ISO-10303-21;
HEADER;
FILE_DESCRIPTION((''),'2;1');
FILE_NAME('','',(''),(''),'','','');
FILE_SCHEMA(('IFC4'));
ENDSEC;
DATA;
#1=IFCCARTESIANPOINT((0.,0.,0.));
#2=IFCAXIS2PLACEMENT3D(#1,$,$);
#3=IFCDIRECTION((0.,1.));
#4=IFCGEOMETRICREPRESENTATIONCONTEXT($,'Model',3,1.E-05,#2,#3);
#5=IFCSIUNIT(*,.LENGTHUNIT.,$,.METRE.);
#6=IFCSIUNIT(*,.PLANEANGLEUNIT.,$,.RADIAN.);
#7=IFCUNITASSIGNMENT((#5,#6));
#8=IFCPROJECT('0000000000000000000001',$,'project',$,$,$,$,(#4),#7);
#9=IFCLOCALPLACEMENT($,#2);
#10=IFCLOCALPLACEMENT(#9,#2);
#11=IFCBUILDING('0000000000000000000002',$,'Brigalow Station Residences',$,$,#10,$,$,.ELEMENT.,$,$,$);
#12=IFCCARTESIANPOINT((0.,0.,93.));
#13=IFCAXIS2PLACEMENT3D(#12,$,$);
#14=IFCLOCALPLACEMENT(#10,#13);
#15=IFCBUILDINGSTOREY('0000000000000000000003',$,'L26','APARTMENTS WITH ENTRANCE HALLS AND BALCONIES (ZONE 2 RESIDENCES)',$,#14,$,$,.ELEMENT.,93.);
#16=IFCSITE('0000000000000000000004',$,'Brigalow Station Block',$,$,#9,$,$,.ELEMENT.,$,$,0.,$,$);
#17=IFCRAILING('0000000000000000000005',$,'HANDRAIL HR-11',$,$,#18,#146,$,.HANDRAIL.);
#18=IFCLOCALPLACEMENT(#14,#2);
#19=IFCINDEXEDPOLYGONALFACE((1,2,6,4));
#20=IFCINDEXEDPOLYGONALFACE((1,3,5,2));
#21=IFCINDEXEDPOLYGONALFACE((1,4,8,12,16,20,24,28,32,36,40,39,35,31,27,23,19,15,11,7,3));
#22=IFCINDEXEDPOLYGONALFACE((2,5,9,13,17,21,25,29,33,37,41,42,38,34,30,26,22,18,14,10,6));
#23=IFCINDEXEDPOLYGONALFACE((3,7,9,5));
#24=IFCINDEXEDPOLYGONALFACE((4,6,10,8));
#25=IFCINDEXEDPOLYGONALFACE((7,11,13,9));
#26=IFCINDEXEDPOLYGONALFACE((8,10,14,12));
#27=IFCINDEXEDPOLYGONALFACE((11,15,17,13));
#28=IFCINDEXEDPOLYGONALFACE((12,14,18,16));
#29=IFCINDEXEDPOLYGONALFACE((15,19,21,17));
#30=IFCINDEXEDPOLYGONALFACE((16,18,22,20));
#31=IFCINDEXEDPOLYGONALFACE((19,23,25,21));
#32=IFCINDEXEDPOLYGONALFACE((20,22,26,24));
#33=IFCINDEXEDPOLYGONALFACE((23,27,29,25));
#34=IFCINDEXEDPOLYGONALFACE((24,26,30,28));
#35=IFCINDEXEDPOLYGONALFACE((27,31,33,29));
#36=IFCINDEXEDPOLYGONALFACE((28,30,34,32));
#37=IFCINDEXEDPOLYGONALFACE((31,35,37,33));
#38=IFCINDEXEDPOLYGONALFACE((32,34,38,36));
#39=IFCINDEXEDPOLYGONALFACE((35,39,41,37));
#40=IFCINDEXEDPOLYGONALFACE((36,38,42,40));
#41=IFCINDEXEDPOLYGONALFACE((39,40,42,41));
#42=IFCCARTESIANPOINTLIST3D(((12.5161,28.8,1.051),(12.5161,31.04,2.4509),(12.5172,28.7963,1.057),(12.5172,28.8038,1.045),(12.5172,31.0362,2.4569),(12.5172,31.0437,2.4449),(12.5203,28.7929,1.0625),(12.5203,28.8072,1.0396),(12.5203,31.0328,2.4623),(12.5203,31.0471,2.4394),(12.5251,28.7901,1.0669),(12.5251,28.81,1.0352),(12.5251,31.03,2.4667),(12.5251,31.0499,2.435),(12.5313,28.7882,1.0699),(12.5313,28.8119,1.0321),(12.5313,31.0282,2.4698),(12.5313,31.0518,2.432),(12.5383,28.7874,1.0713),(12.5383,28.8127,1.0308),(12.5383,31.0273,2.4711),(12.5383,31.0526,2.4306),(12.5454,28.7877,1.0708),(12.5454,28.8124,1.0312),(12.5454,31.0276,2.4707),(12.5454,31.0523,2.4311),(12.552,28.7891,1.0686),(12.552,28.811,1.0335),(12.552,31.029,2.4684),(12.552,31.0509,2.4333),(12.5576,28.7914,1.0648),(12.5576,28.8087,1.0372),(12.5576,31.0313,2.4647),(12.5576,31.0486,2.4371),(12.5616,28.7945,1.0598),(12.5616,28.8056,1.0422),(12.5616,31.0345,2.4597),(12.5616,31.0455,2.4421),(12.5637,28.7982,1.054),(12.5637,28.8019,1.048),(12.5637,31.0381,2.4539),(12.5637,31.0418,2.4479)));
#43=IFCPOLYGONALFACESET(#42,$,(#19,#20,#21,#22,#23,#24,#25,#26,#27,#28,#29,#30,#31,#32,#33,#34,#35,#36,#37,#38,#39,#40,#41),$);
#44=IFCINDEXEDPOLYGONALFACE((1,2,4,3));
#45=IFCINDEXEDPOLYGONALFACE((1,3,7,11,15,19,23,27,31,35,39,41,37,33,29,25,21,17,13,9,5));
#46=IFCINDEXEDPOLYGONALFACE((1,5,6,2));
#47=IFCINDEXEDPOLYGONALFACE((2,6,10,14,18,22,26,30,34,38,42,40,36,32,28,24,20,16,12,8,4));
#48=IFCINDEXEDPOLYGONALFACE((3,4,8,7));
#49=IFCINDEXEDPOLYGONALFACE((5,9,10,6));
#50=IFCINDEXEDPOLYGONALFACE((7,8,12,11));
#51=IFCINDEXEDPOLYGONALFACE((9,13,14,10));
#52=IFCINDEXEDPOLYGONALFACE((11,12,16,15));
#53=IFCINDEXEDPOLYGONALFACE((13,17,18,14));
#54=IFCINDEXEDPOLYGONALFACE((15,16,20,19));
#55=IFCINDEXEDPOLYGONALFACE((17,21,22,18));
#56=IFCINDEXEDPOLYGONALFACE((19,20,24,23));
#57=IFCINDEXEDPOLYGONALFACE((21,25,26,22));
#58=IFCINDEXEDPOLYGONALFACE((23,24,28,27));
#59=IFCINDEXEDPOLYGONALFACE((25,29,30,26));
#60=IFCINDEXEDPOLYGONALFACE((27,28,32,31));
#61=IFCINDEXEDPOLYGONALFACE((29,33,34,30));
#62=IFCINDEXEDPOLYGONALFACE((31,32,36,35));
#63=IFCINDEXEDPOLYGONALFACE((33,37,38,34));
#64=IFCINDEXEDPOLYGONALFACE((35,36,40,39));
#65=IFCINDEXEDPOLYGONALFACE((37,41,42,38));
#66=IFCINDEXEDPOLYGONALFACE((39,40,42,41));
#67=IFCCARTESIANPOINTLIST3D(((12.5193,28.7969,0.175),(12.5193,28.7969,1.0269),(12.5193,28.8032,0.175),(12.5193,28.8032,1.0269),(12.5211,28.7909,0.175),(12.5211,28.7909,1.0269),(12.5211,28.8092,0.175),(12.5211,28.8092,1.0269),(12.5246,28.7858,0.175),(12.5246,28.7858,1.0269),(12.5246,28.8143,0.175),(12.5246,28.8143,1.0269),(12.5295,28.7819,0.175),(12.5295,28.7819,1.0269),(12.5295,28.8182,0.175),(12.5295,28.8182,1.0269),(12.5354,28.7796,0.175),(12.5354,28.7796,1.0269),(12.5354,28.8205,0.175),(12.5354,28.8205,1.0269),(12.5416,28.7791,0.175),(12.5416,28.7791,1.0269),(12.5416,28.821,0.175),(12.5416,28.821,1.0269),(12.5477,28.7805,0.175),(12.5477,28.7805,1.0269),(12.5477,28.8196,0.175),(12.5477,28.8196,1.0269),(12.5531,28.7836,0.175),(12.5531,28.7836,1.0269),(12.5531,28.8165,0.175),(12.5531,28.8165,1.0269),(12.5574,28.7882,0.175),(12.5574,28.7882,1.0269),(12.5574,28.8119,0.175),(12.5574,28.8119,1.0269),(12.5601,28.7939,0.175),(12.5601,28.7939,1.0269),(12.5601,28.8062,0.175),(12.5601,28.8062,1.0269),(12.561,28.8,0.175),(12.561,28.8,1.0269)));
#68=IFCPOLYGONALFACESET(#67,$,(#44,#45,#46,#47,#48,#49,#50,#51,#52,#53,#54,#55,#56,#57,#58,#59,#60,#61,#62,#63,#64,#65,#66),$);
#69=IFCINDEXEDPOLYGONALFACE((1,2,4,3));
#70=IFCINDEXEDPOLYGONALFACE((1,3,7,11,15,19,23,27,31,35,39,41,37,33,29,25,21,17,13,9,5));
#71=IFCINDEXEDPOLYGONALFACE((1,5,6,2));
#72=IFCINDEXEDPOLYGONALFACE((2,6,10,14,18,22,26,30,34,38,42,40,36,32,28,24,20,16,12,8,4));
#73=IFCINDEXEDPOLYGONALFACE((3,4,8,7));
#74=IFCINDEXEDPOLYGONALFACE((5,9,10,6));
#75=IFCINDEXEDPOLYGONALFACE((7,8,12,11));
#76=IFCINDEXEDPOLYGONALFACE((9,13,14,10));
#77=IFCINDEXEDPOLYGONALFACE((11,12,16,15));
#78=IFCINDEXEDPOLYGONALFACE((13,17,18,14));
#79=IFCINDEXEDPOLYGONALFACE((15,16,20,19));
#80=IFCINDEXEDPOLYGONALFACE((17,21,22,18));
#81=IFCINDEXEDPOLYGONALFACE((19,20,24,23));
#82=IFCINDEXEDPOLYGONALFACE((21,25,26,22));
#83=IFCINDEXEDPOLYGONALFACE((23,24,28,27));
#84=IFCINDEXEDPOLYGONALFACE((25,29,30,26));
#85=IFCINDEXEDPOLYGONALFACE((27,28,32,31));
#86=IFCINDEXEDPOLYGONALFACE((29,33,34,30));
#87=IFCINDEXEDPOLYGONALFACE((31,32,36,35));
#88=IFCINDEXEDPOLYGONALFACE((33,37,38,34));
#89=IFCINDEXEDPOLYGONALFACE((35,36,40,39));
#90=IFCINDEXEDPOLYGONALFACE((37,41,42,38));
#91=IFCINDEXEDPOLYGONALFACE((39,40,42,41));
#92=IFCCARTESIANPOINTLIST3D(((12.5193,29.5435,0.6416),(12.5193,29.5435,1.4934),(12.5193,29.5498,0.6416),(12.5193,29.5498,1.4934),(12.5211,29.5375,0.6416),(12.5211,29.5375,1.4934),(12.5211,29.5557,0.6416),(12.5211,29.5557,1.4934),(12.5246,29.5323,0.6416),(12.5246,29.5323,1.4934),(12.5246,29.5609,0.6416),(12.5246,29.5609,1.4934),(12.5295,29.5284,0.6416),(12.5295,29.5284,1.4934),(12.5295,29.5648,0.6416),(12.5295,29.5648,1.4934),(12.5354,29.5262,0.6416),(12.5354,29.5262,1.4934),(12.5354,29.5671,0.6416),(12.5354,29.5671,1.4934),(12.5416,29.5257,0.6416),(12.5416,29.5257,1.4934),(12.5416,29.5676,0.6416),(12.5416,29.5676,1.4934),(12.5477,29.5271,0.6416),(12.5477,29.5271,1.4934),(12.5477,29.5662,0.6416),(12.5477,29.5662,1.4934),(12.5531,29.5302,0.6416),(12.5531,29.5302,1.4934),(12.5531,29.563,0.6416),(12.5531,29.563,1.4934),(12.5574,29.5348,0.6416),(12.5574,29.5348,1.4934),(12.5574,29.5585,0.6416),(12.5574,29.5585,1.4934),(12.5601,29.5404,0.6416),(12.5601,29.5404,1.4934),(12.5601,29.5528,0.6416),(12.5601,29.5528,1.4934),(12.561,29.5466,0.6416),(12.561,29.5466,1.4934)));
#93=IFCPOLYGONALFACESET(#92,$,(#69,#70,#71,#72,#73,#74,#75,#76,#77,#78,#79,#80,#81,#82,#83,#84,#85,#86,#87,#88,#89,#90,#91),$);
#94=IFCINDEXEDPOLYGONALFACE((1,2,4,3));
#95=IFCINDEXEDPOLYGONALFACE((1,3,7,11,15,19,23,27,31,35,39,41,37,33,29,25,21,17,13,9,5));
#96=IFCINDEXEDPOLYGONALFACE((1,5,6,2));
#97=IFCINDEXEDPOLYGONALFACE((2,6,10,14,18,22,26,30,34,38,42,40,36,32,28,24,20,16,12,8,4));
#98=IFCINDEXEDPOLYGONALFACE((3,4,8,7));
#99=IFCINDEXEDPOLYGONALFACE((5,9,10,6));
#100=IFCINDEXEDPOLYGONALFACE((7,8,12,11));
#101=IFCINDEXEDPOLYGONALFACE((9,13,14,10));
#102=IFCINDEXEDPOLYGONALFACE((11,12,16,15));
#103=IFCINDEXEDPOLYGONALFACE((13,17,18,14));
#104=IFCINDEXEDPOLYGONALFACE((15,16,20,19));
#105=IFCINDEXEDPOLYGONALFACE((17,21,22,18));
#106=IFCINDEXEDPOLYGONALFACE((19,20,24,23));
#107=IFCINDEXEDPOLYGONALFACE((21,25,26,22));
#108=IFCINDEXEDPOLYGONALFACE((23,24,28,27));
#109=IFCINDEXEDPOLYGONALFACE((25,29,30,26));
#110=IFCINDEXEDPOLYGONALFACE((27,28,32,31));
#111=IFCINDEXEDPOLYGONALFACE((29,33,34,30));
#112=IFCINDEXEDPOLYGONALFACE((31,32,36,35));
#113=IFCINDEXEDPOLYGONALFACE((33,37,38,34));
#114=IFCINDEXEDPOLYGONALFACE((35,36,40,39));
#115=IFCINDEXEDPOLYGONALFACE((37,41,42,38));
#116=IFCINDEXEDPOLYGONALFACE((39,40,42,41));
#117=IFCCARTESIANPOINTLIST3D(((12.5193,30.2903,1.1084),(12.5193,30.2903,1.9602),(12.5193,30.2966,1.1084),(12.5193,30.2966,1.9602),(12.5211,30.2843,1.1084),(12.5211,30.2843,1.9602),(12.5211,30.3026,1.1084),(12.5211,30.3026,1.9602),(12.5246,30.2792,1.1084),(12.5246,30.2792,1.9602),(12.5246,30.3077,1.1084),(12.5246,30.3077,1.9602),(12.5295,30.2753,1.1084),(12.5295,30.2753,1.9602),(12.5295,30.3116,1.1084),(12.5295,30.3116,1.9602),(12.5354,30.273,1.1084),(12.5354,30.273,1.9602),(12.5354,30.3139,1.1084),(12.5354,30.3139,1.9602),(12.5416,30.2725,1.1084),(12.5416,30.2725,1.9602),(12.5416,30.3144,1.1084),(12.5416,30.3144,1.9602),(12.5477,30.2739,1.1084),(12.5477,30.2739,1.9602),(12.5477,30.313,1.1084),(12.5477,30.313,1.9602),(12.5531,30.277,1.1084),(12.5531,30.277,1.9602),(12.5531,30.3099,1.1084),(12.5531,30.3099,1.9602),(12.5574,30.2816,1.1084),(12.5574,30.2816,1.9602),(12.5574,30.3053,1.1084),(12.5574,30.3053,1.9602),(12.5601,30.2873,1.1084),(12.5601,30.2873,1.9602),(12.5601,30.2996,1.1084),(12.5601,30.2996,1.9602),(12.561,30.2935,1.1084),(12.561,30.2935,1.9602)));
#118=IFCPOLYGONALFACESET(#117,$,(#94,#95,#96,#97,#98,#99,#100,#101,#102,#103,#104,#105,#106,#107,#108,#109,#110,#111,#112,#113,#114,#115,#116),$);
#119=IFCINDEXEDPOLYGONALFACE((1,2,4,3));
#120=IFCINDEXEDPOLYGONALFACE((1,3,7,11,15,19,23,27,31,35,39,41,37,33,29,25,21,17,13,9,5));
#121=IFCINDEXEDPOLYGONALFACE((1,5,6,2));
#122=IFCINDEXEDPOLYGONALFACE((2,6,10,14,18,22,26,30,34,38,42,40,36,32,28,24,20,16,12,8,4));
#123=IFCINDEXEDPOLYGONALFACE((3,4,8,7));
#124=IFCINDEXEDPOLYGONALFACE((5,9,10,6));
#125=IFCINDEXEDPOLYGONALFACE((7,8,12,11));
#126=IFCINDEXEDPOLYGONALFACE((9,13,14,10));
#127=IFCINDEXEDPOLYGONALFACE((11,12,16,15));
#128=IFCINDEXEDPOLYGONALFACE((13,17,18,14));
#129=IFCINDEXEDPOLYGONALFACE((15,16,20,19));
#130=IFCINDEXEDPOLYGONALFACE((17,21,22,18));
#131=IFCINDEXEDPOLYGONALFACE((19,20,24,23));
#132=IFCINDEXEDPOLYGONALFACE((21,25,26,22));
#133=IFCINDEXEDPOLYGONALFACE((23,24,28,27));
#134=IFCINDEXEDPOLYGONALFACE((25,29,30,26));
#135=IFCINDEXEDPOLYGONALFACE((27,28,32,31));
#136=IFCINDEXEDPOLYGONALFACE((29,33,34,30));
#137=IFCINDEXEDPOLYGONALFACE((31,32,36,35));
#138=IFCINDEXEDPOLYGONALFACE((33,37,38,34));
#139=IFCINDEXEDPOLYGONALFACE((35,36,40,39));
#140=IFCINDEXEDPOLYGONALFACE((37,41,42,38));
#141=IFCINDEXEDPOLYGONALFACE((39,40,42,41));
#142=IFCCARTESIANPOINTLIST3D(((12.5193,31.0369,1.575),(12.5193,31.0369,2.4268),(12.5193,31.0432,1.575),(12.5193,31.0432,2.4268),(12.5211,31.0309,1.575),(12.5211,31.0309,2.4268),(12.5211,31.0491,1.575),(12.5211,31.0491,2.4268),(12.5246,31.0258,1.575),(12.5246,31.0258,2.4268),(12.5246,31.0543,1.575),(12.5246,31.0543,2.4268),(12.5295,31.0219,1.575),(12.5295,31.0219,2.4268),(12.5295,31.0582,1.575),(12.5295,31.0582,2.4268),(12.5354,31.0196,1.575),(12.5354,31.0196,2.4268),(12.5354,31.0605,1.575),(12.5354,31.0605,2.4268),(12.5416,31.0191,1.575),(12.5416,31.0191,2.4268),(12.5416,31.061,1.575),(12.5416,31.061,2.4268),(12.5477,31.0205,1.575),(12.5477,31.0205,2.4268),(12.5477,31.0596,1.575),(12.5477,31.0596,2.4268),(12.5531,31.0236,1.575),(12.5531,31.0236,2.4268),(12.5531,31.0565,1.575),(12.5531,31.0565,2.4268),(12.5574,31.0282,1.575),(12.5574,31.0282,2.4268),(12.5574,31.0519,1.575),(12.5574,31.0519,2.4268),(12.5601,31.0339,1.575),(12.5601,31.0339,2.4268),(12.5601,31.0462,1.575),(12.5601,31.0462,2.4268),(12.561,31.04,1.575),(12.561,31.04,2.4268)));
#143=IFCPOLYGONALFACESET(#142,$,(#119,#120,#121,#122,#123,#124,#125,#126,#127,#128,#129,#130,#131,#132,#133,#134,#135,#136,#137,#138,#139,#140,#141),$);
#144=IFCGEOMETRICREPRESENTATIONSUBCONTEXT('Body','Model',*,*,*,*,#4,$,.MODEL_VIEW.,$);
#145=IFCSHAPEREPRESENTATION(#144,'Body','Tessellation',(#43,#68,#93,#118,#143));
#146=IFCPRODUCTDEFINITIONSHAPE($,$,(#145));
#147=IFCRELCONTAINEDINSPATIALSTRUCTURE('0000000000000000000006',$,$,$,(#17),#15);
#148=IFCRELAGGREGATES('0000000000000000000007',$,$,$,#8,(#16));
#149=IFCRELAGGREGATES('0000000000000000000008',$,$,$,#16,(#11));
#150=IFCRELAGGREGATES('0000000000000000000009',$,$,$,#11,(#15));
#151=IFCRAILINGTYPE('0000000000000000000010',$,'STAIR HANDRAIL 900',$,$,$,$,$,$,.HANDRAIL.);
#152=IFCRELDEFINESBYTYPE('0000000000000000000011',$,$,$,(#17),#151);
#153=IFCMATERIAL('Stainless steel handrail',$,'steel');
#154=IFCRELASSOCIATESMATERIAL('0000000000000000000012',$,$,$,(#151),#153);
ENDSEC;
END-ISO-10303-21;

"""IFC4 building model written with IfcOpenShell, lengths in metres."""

from ifc_helpers import new_model, si_unit, direction, frame, origin, origin_2d, place, context, subcontext, project, spatial, circle, extrude, material, type_object, element, save


model = new_model("IFC4")

# Units and contexts
model_context = context("Model", 3, precision=1e-05, world=origin(), true_north=direction((0.0, 1.0)))
body_context = subcontext(model_context, "Body", "Model", "MODEL_VIEW")
ifc_project = project(units=[si_unit("LENGTHUNIT", "METRE"), si_unit("PLANEANGLEUNIT", "RADIAN")], contexts=[model_context])

# Site, building, storey
site_placement = place(None, origin())
site = spatial("IfcSite", under=ifc_project, at=site_placement, Name="Brigalow Station Block", CompositionType="ELEMENT", RefElevation=0.0)
building_placement = place(site_placement, origin())
building = spatial("IfcBuilding", under=site, at=building_placement, Name="Brigalow Station Residences", CompositionType="ELEMENT")
storey_placement = place(building_placement, frame((0.0, 0.0, 93.0)))
storey = spatial("IfcBuildingStorey", under=building, at=storey_placement, Name="L26", Description="APARTMENTS WITH ENTRANCE HALLS AND BALCONIES (ZONE 2 RESIDENCES)", CompositionType="ELEMENT", Elevation=93.0)

# Railing
ifc_material_1 = material(Name="Stainless steel handrail", Category="steel")
railing_type_1 = type_object("IfcRailingType", Name="STAIR HANDRAIL 900", PredefinedType="HANDRAIL", material=ifc_material_1)
railing_1_placement = place(storey_placement, frame((12.54, 28.8, 0.175)))
element("IfcRailing", 1, at=railing_1_placement, inside=storey, type_object=railing_type_1, Name="HANDRAIL HR-11", PredefinedType="HANDRAIL", context=body_context, shape_type="SweptSolid", body=[
    extrude(circle(Radius=0.0239, at=origin_2d()), frame((0.0, 0.0, 0.876), z_axis=(0.0, 0.848014, 0.529974), x_axis=(-1.0, 0.0, 0.0)), (0.0, 0.0, 1.0), 2.6414),
    extrude(circle(Radius=0.021, at=origin_2d()), origin(), (0.0, 0.0, 1.0), 0.8518),
    extrude(circle(Radius=0.021, at=origin_2d()), frame((0.0, 0.7466, 0.4666)), (0.0, 0.0, 1.0), 0.8518),
    extrude(circle(Radius=0.021, at=origin_2d()), frame((0.0, 1.4934, 0.9333)), (0.0, 0.0, 1.0), 0.8518),
    extrude(circle(Radius=0.021, at=origin_2d()), frame((0.0, 2.24, 1.3999)), (0.0, 0.0, 1.0), 0.8518),
])

save(model, "model.ifc")
